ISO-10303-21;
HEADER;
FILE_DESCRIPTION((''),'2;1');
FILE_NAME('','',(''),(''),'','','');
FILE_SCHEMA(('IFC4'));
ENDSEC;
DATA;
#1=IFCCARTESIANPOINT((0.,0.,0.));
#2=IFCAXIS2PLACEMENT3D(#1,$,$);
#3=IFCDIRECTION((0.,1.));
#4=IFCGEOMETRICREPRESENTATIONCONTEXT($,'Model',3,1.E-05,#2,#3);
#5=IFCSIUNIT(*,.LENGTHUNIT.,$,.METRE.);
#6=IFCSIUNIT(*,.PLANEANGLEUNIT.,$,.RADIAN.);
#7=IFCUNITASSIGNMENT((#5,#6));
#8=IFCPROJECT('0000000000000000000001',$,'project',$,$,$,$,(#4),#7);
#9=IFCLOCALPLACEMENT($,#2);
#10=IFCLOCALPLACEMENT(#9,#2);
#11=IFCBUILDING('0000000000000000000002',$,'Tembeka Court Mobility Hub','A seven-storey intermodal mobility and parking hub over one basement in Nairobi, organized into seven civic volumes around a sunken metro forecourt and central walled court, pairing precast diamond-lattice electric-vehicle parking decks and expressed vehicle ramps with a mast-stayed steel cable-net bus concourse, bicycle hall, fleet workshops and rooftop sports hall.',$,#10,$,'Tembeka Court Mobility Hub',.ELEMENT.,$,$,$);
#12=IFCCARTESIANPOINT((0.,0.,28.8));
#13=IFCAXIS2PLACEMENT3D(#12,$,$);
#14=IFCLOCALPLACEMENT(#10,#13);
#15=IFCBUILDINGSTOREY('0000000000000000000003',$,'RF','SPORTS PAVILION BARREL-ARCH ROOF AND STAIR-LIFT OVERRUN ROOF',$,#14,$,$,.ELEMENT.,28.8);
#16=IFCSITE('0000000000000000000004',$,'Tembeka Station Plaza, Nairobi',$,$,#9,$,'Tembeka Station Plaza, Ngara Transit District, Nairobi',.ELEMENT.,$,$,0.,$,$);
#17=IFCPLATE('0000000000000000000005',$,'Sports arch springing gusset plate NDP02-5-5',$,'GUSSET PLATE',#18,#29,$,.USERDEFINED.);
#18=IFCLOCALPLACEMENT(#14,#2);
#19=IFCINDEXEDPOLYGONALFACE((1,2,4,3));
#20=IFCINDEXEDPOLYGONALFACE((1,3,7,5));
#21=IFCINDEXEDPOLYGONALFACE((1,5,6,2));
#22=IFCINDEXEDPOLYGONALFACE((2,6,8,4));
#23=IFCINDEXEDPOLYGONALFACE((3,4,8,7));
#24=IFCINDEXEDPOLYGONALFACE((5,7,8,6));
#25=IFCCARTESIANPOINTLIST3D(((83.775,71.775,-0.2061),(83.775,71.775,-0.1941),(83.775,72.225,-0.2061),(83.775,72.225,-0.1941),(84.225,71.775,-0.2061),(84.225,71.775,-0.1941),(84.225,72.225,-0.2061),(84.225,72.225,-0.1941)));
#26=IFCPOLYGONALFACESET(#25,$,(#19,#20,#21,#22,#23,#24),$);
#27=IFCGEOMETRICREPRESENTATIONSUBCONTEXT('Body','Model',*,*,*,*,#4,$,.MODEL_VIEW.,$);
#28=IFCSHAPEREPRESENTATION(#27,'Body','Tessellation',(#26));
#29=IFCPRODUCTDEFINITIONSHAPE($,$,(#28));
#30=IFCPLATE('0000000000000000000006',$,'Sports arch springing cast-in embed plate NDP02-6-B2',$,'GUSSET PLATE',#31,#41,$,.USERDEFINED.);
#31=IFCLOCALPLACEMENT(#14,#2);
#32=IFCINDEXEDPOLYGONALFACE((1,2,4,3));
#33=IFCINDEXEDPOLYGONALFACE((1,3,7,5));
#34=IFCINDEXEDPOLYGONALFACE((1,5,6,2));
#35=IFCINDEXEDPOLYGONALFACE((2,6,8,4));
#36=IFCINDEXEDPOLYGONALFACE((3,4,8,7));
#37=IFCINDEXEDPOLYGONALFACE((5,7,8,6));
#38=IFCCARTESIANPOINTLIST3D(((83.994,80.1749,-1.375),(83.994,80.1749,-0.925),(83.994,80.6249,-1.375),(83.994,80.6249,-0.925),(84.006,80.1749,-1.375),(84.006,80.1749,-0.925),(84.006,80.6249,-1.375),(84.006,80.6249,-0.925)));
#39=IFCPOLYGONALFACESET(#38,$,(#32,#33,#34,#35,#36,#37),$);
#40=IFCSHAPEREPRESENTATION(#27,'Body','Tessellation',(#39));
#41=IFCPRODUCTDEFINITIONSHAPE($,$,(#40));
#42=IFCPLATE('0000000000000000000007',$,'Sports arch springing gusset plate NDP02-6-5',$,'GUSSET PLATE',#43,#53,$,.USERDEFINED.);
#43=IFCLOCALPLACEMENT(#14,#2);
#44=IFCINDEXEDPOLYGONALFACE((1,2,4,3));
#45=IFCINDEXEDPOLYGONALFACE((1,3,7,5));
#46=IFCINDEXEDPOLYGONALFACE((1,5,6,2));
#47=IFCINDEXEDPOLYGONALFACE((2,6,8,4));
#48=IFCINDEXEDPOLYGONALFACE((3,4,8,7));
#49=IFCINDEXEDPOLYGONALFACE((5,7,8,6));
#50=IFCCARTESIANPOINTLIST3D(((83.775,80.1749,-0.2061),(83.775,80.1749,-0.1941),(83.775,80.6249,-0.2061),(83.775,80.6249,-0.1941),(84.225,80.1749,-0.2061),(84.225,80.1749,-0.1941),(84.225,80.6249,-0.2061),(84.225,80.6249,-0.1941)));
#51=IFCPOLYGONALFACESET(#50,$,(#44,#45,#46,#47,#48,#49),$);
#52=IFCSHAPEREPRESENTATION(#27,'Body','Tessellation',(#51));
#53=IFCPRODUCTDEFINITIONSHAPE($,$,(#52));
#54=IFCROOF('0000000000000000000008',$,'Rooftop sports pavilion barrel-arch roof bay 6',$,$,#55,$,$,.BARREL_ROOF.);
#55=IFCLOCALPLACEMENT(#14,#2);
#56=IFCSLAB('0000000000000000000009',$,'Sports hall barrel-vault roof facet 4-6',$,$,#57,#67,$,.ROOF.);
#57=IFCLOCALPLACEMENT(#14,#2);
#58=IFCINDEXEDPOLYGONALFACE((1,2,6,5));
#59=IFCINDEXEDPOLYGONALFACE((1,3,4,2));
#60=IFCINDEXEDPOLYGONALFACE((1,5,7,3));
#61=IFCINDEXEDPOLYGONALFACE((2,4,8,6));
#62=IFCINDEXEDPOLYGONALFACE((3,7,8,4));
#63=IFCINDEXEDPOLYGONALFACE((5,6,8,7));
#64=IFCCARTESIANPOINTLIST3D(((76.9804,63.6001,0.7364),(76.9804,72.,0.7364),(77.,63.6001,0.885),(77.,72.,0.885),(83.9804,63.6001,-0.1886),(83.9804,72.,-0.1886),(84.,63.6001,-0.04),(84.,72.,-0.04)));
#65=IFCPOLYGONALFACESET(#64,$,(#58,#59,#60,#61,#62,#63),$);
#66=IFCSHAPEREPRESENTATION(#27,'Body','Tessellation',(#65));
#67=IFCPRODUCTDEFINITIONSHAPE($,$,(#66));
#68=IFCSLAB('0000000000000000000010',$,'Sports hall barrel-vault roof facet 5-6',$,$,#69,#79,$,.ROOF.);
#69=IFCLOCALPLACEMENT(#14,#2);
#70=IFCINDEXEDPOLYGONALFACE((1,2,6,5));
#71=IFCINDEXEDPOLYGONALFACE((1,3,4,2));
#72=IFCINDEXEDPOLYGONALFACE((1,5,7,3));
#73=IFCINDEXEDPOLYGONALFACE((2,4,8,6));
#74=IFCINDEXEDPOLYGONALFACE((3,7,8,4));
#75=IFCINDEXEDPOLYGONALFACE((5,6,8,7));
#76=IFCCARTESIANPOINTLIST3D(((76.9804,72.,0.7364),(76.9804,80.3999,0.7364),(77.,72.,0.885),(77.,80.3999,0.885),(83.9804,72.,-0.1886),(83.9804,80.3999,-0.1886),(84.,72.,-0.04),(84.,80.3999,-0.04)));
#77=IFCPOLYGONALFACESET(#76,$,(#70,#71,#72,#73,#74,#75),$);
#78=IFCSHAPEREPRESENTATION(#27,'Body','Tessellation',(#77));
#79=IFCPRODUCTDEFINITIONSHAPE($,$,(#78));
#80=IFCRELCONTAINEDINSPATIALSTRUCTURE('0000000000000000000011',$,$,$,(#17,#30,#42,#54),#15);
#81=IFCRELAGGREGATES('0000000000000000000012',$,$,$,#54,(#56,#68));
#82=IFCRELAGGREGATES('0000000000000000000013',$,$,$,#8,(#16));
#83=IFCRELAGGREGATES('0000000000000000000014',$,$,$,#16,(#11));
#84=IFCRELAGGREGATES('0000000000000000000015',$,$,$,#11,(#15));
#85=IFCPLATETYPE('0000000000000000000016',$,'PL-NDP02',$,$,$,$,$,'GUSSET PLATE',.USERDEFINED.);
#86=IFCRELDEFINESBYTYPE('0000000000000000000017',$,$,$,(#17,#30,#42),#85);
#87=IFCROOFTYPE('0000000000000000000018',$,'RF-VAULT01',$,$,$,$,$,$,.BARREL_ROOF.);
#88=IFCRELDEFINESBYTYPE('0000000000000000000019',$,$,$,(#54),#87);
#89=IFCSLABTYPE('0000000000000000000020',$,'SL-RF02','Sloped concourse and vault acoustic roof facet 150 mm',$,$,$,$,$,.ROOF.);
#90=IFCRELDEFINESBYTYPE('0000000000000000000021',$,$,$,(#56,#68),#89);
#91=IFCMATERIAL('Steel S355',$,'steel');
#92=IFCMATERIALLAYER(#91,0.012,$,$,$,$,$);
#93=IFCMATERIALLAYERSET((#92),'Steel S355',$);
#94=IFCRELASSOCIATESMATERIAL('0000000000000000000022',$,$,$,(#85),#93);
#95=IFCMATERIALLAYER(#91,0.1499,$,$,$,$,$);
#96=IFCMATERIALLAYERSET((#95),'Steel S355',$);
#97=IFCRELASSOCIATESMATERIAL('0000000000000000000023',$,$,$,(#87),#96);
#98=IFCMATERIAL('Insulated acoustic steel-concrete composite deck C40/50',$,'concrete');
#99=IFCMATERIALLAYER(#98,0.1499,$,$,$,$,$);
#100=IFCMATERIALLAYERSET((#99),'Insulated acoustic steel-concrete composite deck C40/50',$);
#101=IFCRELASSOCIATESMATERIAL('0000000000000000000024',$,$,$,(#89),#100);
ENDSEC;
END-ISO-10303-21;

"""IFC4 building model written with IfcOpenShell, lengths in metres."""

from ifc_helpers import new_model, si_unit, direction, frame, origin, origin_2d, place, context, subcontext, project, spatial, polyline, rectangle, outline, extrude, material, layer, layer_set, type_object, element, aggregate, save


model = new_model("IFC4")

# Units and contexts
model_context = context("Model", 3, precision=1e-05, world=origin(), true_north=direction((0.0, 1.0)))
body_context = subcontext(model_context, "Body", "Model", "MODEL_VIEW")
ifc_project = project(units=[si_unit("LENGTHUNIT", "METRE"), si_unit("PLANEANGLEUNIT", "RADIAN")], contexts=[model_context])

# Site, building, storey
site_placement = place(None, origin())
site = spatial("IfcSite", under=ifc_project, at=site_placement, Name="Tembeka Station Plaza, Nairobi", LongName="Tembeka Station Plaza, Ngara Transit District, Nairobi", CompositionType="ELEMENT", RefElevation=0.0)
building_placement = place(site_placement, origin())
building = spatial("IfcBuilding", under=site, at=building_placement, Name="Tembeka Court Mobility Hub", Description="A seven-storey intermodal mobility and parking hub over one basement in Nairobi, organized into seven civic volumes around a sunken metro forecourt and central walled court, pairing precast diamond-lattice electric-vehicle parking decks and expressed vehicle ramps with a mast-stayed steel cable-net bus concourse, bicycle hall, fleet workshops and rooftop sports hall.", LongName="Tembeka Court Mobility Hub", CompositionType="ELEMENT")
storey_placement = place(building_placement, frame((0.0, 0.0, 28.8)))
storey = spatial("IfcBuildingStorey", under=building, at=storey_placement, Name="RF", Description="SPORTS PAVILION BARREL-ARCH ROOF AND STAIR-LIFT OVERRUN ROOF", CompositionType="ELEMENT", Elevation=28.8)

# Shared definitions
ifc_material_1 = material(Name="Steel S355", Category="steel")

# Plates
ifc_layer_1 = layer(ifc_material_1, 0.012)
ifc_layer_set_1 = layer_set([ifc_layer_1], Name="Steel S355")
plate_type = type_object("IfcPlateType", Name="PL-NDP02", ElementType="GUSSET PLATE", PredefinedType="USERDEFINED", material=ifc_layer_set_1)
plate_1_placement = place(storey_placement, frame((84.0, 72.0, -0.2061), z_axis=(0.0, 0.0, 1.0), x_axis=(1.0, 0.0, 0.0)))
element("IfcPlate", 1, at=plate_1_placement, inside=storey, type_object=plate_type, Name="Sports arch springing gusset plate NDP02-5-5", ObjectType="GUSSET PLATE", PredefinedType="USERDEFINED", context=body_context, shape_type="SweptSolid", body=[
    extrude(rectangle(XDim=0.45, YDim=0.45, at=origin_2d()), origin(), (0.0, 0.0, 1.0), 0.012),
])
plate_2_placement = place(storey_placement, frame((84.0, 80.3999, -1.375), z_axis=(0.0, 0.0, 1.0), x_axis=(1.0, 0.0, 0.0)))
element("IfcPlate", 2, at=plate_2_placement, inside=storey, type_object=plate_type, Name="Sports arch springing cast-in embed plate NDP02-6-B2", ObjectType="GUSSET PLATE", PredefinedType="USERDEFINED", context=body_context, shape_type="SweptSolid", body=[
    extrude(rectangle(XDim=0.012, YDim=0.45, at=origin_2d()), origin(), (0.0, 0.0, 1.0), 0.45),
])
plate_3_placement = place(storey_placement, frame((84.0, 80.3999, -0.2061), z_axis=(0.0, 0.0, 1.0), x_axis=(1.0, 0.0, 0.0)))
element("IfcPlate", 3, at=plate_3_placement, inside=storey, type_object=plate_type, Name="Sports arch springing gusset plate NDP02-6-5", ObjectType="GUSSET PLATE", PredefinedType="USERDEFINED", context=body_context, shape_type="SweptSolid", body=[
    extrude(rectangle(XDim=0.45, YDim=0.45, at=origin_2d()), origin(), (0.0, 0.0, 1.0), 0.012),
])

# Roof, slabs
ifc_layer_2 = layer(ifc_material_1, 0.1499)
ifc_layer_set_2 = layer_set([ifc_layer_2], Name="Steel S355")
roof_type = type_object("IfcRoofType", Name="RF-VAULT01", PredefinedType="BARREL_ROOF", material=ifc_layer_set_2)
roof_placement = place(storey_placement, origin())
roof = element("IfcRoof", 4, at=roof_placement, inside=storey, type_object=roof_type, Name="Rooftop sports pavilion barrel-arch roof bay 6", PredefinedType="BARREL_ROOF")
ifc_material_2 = material(Name="Insulated acoustic steel-concrete composite deck C40/50", Category="concrete")
ifc_layer_3 = layer(ifc_material_2, 0.1499)
ifc_layer_set_3 = layer_set([ifc_layer_3], Name="Insulated acoustic steel-concrete composite deck C40/50")
slab_type = type_object("IfcSlabType", Name="SL-RF02", Description="Sloped concourse and vault acoustic roof facet 150 mm", PredefinedType="ROOF", material=ifc_layer_set_3)
slab_1_placement = place(storey_placement, frame((77.0, 63.6001, 0.885), z_axis=(0.131011, 0.0, 0.991381), x_axis=(0.991381, 0.0, -0.131011)))
slab_1 = element("IfcSlab", 5, at=slab_1_placement, type_object=slab_type, Name="Sports hall barrel-vault roof facet 4-6", PredefinedType="ROOF", context=body_context, shape_type="SweptSolid", body=[
    extrude(outline(polyline([(0.0, 0.0), (7.0609, 0.0), (7.0609, 8.3999), (0.0, 8.3999), (0.0, 0.0)])), origin(), (0.0, 0.0, -1.0), 0.1499),
])
slab_2_placement = place(storey_placement, frame((77.0, 72.0, 0.885), z_axis=(0.131011, 0.0, 0.991381), x_axis=(0.991381, 0.0, -0.131011)))
slab_2 = element("IfcSlab", 6, at=slab_2_placement, type_object=slab_type, Name="Sports hall barrel-vault roof facet 5-6", PredefinedType="ROOF", context=body_context, shape_type="SweptSolid", body=[
    extrude(outline(polyline([(0.0, 0.0), (7.0609, 0.0), (7.0609, 8.3999), (0.0, 8.3999), (0.0, 0.0)])), origin(), (0.0, 0.0, -1.0), 0.1499),
])
aggregate(roof, [slab_1, slab_2])

save(model, "model.ifc")
